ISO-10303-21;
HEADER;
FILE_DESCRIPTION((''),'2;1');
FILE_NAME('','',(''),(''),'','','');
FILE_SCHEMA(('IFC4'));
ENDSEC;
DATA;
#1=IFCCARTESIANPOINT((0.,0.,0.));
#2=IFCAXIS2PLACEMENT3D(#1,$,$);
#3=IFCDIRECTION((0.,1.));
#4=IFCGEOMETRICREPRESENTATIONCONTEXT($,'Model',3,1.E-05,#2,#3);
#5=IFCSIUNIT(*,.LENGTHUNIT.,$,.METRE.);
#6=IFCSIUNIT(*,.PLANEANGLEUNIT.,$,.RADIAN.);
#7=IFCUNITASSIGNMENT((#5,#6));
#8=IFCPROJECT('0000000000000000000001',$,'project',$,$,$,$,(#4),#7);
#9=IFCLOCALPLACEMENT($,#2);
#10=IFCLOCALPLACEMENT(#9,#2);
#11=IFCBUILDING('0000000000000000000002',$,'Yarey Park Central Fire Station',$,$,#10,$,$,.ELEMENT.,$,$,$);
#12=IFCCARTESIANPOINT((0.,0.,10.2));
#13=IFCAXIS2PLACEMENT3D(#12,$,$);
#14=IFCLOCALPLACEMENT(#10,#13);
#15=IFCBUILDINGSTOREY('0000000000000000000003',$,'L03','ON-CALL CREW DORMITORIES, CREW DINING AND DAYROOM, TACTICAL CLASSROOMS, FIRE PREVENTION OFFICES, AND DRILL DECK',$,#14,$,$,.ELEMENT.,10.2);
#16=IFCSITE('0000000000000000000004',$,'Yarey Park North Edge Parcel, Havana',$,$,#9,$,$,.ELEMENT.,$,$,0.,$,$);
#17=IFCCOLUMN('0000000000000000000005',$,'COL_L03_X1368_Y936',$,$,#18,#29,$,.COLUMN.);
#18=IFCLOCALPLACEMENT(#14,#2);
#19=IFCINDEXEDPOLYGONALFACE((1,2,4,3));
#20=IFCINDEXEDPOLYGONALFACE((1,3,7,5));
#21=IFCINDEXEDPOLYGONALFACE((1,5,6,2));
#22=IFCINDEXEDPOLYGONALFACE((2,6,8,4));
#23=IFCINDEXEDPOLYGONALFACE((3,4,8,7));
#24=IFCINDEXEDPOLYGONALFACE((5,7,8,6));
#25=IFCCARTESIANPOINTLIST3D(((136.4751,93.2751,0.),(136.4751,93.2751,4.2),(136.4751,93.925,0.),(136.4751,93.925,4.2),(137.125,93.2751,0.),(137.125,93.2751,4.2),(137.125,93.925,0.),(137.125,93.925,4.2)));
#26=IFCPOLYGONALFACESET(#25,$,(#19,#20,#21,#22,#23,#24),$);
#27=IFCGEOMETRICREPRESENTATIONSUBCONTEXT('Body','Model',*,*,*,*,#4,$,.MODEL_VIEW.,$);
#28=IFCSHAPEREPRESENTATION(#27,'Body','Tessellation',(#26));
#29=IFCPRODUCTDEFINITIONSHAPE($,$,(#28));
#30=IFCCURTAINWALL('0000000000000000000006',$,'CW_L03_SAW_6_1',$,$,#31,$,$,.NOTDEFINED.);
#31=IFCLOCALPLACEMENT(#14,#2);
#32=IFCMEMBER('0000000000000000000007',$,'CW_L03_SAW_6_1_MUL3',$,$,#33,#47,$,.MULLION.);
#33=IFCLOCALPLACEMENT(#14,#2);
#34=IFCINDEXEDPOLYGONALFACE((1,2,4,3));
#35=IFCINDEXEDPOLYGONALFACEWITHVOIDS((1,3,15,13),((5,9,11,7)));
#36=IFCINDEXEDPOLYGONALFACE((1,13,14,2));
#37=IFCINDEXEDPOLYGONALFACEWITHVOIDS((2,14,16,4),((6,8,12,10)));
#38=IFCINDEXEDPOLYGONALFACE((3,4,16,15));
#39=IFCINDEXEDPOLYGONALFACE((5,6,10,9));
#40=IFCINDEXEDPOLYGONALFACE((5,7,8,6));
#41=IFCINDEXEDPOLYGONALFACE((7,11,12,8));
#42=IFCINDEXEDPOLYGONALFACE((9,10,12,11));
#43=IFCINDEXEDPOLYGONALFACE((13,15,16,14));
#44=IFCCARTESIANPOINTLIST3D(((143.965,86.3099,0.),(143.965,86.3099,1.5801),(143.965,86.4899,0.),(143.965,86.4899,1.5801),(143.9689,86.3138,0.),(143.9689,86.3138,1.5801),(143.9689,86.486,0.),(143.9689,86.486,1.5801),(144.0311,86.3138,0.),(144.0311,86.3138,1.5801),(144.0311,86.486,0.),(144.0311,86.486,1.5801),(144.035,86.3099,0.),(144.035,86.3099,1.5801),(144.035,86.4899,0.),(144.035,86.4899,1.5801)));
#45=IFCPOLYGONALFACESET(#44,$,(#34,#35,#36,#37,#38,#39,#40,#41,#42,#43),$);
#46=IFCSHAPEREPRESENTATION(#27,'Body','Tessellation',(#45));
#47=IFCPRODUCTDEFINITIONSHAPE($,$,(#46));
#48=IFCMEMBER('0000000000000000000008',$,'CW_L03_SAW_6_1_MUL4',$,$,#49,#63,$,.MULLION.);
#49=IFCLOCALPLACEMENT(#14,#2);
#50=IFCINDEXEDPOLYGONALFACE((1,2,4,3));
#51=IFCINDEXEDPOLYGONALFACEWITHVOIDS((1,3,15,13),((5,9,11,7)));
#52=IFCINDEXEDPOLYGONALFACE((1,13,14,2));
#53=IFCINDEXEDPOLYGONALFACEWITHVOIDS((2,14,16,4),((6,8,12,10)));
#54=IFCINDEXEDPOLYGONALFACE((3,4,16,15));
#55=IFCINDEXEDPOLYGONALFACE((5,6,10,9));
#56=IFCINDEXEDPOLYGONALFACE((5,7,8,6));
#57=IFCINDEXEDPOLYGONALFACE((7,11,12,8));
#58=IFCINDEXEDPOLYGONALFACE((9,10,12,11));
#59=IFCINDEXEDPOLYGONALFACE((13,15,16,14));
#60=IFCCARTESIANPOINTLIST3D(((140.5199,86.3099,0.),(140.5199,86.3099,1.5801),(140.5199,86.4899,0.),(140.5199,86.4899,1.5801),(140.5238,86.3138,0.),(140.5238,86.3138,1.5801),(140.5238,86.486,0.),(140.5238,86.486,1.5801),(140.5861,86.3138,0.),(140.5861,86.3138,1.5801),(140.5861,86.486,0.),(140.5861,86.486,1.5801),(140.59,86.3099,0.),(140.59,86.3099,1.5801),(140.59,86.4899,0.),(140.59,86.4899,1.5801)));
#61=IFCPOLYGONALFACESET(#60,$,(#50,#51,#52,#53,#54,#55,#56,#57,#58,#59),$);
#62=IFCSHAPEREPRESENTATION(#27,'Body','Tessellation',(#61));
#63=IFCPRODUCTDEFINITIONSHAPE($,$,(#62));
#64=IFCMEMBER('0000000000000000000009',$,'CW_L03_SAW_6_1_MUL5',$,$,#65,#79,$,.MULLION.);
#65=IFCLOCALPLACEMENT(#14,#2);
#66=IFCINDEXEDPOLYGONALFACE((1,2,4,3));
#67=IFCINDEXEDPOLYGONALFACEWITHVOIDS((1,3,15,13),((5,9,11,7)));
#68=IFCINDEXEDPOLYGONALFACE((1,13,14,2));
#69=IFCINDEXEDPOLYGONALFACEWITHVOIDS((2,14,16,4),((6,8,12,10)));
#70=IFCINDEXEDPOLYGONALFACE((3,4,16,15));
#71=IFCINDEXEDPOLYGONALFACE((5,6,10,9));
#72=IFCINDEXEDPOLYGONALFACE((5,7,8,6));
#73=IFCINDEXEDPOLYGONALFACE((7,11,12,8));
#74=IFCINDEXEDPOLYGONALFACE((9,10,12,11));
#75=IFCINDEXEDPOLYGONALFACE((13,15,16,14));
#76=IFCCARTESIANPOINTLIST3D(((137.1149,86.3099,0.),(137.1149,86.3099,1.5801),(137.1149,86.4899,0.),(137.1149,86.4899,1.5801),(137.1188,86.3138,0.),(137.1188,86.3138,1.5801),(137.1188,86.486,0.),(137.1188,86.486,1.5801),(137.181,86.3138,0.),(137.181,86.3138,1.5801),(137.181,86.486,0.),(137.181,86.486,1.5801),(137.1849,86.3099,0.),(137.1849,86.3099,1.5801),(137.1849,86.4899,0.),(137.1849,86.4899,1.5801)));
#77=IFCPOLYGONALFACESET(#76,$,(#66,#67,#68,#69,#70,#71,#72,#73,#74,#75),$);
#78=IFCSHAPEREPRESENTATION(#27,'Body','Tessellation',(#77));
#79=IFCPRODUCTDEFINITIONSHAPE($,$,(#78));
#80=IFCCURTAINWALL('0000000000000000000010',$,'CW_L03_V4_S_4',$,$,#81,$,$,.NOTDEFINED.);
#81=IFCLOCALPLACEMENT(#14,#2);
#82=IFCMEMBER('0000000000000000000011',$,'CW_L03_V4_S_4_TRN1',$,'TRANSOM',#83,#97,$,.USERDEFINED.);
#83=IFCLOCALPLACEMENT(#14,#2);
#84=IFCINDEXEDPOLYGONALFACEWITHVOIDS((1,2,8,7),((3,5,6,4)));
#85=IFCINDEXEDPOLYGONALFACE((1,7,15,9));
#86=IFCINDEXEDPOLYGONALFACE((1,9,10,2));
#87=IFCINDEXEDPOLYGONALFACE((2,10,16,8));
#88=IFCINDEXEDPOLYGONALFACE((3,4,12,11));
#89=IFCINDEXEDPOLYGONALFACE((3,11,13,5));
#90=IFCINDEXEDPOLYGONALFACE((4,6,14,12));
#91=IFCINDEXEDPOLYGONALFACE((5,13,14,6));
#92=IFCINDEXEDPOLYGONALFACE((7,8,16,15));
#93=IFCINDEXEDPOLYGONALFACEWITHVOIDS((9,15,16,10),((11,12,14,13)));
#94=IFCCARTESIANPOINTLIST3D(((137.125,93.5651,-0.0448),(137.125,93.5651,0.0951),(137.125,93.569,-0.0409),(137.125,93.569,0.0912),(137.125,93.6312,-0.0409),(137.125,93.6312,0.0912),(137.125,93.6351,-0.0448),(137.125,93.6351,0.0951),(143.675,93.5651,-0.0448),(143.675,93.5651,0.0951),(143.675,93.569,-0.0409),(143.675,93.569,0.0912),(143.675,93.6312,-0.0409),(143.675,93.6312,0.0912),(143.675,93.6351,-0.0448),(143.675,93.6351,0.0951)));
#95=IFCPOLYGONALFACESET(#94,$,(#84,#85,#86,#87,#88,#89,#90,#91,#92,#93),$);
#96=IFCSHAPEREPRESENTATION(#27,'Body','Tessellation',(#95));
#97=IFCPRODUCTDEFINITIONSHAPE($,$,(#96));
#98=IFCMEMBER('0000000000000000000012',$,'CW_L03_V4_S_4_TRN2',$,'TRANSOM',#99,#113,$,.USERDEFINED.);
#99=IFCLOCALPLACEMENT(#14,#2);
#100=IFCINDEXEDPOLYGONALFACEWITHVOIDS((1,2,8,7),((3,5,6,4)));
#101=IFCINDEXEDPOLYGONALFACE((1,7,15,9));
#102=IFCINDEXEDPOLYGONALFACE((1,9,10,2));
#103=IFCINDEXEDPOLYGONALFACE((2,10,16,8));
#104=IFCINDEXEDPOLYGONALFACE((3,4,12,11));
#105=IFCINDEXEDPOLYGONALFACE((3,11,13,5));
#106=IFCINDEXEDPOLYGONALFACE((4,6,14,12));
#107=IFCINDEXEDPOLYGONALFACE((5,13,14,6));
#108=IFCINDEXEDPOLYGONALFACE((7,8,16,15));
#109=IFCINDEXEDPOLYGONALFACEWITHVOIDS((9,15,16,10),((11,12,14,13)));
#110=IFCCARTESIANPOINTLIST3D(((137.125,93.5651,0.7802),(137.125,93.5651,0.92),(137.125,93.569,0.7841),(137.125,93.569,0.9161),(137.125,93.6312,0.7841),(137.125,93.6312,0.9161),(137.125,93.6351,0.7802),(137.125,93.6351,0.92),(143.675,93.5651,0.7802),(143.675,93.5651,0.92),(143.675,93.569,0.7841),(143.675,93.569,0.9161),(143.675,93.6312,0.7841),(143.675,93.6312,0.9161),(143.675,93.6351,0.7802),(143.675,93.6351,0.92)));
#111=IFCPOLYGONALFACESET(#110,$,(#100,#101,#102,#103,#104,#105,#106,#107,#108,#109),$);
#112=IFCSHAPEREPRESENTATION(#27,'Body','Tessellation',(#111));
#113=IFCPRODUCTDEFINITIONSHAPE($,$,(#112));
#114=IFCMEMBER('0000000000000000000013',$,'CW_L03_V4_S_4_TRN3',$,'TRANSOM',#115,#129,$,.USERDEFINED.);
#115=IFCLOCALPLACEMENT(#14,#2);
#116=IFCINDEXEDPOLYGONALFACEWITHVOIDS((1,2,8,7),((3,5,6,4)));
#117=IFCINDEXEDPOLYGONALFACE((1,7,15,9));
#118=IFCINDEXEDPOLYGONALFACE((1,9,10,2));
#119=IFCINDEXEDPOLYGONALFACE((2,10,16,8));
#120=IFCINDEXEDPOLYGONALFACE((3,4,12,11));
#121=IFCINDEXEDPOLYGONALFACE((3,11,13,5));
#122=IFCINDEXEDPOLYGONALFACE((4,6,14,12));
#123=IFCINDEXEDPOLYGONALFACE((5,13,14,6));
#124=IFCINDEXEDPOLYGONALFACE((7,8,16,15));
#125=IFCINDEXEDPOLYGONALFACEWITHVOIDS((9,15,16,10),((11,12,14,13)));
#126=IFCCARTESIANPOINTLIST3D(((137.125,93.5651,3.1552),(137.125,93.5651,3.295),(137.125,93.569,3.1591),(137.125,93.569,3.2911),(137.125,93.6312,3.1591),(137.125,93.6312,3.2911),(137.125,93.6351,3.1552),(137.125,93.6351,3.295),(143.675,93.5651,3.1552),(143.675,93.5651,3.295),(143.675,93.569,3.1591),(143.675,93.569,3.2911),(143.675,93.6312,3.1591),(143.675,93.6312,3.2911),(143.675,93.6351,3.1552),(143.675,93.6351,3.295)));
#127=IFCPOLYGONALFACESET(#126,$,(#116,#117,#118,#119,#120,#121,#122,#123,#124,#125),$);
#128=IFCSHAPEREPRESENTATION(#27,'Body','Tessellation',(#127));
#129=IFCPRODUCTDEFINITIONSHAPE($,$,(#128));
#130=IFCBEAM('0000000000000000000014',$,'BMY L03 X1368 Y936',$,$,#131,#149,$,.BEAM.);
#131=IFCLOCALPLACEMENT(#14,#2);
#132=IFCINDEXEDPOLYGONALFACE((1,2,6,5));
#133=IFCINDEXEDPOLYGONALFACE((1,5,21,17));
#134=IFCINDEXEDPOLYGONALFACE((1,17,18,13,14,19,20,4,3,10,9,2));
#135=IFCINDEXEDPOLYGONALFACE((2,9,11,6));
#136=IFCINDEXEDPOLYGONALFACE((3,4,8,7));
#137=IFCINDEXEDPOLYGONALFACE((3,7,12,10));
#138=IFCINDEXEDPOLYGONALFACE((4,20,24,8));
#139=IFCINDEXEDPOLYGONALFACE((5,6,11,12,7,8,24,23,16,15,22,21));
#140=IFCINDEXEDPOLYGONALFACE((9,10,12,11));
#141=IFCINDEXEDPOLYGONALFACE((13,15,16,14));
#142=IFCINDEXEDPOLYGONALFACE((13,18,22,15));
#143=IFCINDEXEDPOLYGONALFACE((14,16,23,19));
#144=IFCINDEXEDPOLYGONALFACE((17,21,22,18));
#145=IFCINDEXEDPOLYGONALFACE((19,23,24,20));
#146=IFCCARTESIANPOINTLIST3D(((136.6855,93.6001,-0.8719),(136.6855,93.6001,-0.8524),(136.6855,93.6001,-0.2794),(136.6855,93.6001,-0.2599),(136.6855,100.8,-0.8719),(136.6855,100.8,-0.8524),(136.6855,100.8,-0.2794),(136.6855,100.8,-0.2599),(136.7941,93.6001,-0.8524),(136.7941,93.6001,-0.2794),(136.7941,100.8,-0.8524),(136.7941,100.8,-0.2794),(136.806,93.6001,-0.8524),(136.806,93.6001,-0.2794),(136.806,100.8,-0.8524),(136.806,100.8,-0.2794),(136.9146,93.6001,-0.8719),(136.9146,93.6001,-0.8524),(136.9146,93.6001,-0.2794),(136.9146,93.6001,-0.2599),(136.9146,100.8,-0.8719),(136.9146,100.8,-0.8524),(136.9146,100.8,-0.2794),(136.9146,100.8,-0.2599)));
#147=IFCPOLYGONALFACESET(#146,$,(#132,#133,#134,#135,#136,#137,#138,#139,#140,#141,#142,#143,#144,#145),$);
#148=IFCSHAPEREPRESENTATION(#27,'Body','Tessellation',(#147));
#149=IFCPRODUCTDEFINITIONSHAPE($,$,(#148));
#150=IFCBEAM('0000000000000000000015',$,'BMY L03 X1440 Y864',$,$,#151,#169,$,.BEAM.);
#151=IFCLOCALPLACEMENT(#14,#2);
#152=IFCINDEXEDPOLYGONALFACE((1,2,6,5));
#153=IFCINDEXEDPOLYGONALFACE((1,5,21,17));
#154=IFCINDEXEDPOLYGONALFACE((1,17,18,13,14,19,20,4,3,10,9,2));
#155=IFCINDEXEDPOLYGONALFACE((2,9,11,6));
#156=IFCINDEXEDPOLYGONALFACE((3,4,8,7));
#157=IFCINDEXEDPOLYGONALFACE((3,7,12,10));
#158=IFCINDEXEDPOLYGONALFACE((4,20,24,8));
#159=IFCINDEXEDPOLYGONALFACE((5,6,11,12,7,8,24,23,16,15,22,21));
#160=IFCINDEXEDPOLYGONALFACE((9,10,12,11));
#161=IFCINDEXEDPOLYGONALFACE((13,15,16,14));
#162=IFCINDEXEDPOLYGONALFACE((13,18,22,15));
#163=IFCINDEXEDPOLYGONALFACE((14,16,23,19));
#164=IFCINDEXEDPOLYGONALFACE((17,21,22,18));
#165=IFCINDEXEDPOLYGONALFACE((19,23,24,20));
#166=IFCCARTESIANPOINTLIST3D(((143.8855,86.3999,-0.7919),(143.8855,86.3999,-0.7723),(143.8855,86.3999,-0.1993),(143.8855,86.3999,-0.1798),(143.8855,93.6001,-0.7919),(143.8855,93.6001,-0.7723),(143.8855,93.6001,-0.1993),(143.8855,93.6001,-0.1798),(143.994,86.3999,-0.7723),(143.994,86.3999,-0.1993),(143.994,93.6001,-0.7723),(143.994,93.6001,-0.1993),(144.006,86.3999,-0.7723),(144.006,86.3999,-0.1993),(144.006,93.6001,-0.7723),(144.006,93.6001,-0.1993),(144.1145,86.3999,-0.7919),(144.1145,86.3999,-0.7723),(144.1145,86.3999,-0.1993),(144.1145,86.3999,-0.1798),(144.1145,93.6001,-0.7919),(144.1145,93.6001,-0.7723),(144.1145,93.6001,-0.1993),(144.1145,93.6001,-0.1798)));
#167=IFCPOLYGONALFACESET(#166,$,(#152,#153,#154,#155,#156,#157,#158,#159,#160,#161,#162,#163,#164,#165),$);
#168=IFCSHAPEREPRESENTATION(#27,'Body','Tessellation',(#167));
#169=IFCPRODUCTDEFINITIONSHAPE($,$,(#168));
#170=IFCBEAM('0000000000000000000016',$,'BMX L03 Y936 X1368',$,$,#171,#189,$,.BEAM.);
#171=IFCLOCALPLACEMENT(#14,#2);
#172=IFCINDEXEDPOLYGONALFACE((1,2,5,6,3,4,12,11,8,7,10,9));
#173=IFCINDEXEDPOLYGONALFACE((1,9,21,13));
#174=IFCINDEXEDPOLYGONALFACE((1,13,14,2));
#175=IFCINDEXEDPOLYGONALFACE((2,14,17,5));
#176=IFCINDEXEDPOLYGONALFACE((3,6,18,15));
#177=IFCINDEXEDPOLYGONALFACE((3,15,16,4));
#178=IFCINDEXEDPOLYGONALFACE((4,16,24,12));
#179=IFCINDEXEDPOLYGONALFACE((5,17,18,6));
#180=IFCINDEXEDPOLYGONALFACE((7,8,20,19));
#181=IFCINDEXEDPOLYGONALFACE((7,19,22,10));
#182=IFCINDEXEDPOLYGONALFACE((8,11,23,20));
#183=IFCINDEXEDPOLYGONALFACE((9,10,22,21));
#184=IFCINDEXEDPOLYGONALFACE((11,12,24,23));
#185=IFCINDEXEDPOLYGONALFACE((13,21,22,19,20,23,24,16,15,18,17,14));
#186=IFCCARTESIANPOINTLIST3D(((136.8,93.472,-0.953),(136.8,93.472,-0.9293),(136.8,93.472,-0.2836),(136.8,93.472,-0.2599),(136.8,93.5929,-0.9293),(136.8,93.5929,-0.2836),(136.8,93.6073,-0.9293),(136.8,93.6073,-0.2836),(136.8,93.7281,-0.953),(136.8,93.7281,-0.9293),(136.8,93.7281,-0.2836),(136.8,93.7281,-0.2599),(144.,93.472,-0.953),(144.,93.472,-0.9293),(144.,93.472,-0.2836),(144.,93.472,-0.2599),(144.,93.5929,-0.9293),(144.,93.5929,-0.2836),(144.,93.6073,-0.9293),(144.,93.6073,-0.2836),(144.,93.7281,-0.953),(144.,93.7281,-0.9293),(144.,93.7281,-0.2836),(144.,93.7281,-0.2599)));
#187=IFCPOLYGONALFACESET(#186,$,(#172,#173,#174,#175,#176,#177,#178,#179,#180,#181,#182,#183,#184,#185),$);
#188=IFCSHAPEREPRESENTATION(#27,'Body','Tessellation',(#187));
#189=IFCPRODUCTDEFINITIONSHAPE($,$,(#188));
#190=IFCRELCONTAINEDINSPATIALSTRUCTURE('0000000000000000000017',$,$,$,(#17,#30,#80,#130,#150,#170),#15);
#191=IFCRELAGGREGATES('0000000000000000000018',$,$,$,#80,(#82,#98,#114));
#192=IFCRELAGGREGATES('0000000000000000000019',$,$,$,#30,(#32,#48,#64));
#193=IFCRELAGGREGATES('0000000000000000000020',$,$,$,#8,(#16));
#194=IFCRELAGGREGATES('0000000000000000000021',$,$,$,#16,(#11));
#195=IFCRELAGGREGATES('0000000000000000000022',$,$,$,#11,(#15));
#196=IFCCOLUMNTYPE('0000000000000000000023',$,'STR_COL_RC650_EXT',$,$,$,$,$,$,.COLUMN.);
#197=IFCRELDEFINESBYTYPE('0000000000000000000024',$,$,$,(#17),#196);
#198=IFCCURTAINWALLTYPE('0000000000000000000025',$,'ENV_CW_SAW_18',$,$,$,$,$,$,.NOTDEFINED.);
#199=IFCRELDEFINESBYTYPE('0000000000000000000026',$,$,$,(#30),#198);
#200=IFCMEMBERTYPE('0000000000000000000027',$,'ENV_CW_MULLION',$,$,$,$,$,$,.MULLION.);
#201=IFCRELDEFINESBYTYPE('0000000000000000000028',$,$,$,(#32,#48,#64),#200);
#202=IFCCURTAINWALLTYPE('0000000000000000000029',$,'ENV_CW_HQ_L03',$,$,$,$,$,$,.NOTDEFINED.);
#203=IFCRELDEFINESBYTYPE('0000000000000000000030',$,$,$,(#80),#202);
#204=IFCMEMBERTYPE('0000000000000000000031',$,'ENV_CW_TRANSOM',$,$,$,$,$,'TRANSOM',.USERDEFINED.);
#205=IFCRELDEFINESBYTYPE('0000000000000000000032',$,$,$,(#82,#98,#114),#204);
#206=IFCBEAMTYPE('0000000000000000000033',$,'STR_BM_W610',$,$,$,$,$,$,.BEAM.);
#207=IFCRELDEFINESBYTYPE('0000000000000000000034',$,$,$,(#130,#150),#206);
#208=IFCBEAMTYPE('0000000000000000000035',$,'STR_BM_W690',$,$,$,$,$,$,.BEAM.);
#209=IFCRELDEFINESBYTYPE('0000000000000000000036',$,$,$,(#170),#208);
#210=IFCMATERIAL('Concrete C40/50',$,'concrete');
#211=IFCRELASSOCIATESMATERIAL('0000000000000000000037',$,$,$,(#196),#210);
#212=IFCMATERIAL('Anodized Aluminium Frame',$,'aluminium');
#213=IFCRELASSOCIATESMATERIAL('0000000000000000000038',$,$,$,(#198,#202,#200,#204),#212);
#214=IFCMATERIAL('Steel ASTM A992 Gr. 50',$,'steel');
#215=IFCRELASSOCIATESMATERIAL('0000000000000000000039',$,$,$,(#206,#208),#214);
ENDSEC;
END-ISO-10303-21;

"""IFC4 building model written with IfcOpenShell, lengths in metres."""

from ifc_helpers import new_model, si_unit, direction, frame, origin, origin_2d, place, context, subcontext, project, spatial, rectangle, hollow_rectangle, i_section, extrude, material, material_profile, profile_set, type_object, element, aggregate, save


model = new_model("IFC4")

# Units and contexts
model_context = context("Model", 3, precision=1e-05, world=origin(), true_north=direction((0.0, 1.0)))
body_context = subcontext(model_context, "Body", "Model", "MODEL_VIEW")
ifc_project = project(units=[si_unit("LENGTHUNIT", "METRE"), si_unit("PLANEANGLEUNIT", "RADIAN")], contexts=[model_context])

# Site, building, storey
site_placement = place(None, origin())
site = spatial("IfcSite", under=ifc_project, at=site_placement, Name="Yarey Park North Edge Parcel, Havana", CompositionType="ELEMENT", RefElevation=0.0)
building_placement = place(site_placement, origin())
building = spatial("IfcBuilding", under=site, at=building_placement, Name="Yarey Park Central Fire Station", CompositionType="ELEMENT")
storey_placement = place(building_placement, frame((0.0, 0.0, 10.2)))
storey = spatial("IfcBuildingStorey", under=building, at=storey_placement, Name="L03", Description="ON-CALL CREW DORMITORIES, CREW DINING AND DAYROOM, TACTICAL CLASSROOMS, FIRE PREVENTION OFFICES, AND DRILL DECK", CompositionType="ELEMENT", Elevation=10.2)

# Column
ifc_material_1 = material(Name="Concrete C40/50", Category="concrete")
ifc_material_profile_1 = material_profile(ifc_material_1, rectangle(XDim=0.6499, YDim=0.6499, at=origin_2d()), Name="RC 650x650")
ifc_profile_set_1 = profile_set([ifc_material_profile_1], Name="Concrete C40/50")
column_type = type_object("IfcColumnType", Name="STR_COL_RC650_EXT", PredefinedType="COLUMN", material=ifc_profile_set_1)
column_placement = place(storey_placement, frame((136.8, 93.6001, 0.0), z_axis=(0.0, 0.0, 1.0), x_axis=(1.0, 0.0, 0.0)))
element("IfcColumn", 1, at=column_placement, inside=storey, type_object=column_type, Name="COL_L03_X1368_Y936", PredefinedType="COLUMN", context=body_context, shape_type="SweptSolid", body=[
    extrude(rectangle(XDim=0.6499, YDim=0.6499, at=origin_2d()), origin(), (0.0, 0.0, 1.0), 4.2),
])

# Curtain walls, members
ifc_material_2 = material(Name="Anodized Aluminium Frame", Category="aluminium")
curtain_wall_type_1 = type_object("IfcCurtainWallType", Name="ENV_CW_SAW_18", PredefinedType="NOTDEFINED", material=ifc_material_2)
curtain_wall_1_placement = place(storey_placement, origin())
curtain_wall_1 = element("IfcCurtainWall", 2, at=curtain_wall_1_placement, inside=storey, type_object=curtain_wall_type_1, Name="CW_L03_SAW_6_1", PredefinedType="NOTDEFINED")
ifc_material_profile_2 = material_profile(ifc_material_2, hollow_rectangle(XDim=0.0701, YDim=0.1799, WallThickness=0.0039, at=origin_2d()), Name="ALU 180x70x4")
ifc_profile_set_2 = profile_set([ifc_material_profile_2], Name="Anodized Aluminium Frame")
member_type_1 = type_object("IfcMemberType", Name="ENV_CW_MULLION", PredefinedType="MULLION", material=ifc_profile_set_2)
member_1_placement = place(storey_placement, frame((144.0, 86.3999, 0.0), z_axis=(0.0, 0.0, 1.0), x_axis=(1.0, 0.0, 0.0)))
member_1 = element("IfcMember", 3, at=member_1_placement, type_object=member_type_1, Name="CW_L03_SAW_6_1_MUL3", PredefinedType="MULLION", context=body_context, shape_type="SweptSolid", body=[
    extrude(hollow_rectangle(XDim=0.0701, YDim=0.1799, WallThickness=0.0039, at=origin_2d()), origin(), (0.0, 0.0, 1.0), 1.5801),
])
member_2_placement = place(storey_placement, frame((140.5549, 86.3999, 0.0), z_axis=(0.0, 0.0, 1.0), x_axis=(1.0, 0.0, 0.0)))
member_2 = element("IfcMember", 4, at=member_2_placement, type_object=member_type_1, Name="CW_L03_SAW_6_1_MUL4", PredefinedType="MULLION", context=body_context, shape_type="SweptSolid", body=[
    extrude(hollow_rectangle(XDim=0.0701, YDim=0.1799, WallThickness=0.0039, at=origin_2d()), origin(), (0.0, 0.0, 1.0), 1.5801),
])
member_3_placement = place(storey_placement, frame((137.1499, 86.3999, 0.0), z_axis=(0.0, 0.0, 1.0), x_axis=(1.0, 0.0, 0.0)))
member_3 = element("IfcMember", 5, at=member_3_placement, type_object=member_type_1, Name="CW_L03_SAW_6_1_MUL5", PredefinedType="MULLION", context=body_context, shape_type="SweptSolid", body=[
    extrude(hollow_rectangle(XDim=0.0701, YDim=0.1799, WallThickness=0.0039, at=origin_2d()), origin(), (0.0, 0.0, 1.0), 1.5801),
])
curtain_wall_type_2 = type_object("IfcCurtainWallType", Name="ENV_CW_HQ_L03", PredefinedType="NOTDEFINED", material=ifc_material_2)
curtain_wall_2_placement = place(storey_placement, origin())
curtain_wall_2 = element("IfcCurtainWall", 6, at=curtain_wall_2_placement, inside=storey, type_object=curtain_wall_type_2, Name="CW_L03_V4_S_4", PredefinedType="NOTDEFINED")
ifc_material_profile_3 = material_profile(ifc_material_2, hollow_rectangle(XDim=0.0701, YDim=0.1399, WallThickness=0.0039, at=origin_2d()), Name="ALU 140x70x4")
ifc_profile_set_3 = profile_set([ifc_material_profile_3], Name="Anodized Aluminium Frame")
member_type_2 = type_object("IfcMemberType", Name="ENV_CW_TRANSOM", ElementType="TRANSOM", PredefinedType="USERDEFINED", material=ifc_profile_set_3)
member_4_placement = place(storey_placement, frame((137.125, 93.6001, 0.0251), z_axis=(1.0, 0.0, 0.0), x_axis=(0.0, 1.0, 0.0)))
member_4 = element("IfcMember", 7, at=member_4_placement, type_object=member_type_2, Name="CW_L03_V4_S_4_TRN1", ObjectType="TRANSOM", PredefinedType="USERDEFINED", context=body_context, shape_type="SweptSolid", body=[
    extrude(hollow_rectangle(XDim=0.0701, YDim=0.1399, WallThickness=0.0039, at=origin_2d()), origin(), (0.0, 0.0, 1.0), 6.55),
])
member_5_placement = place(storey_placement, frame((137.125, 93.6001, 0.8501), z_axis=(1.0, 0.0, 0.0), x_axis=(0.0, 1.0, 0.0)))
member_5 = element("IfcMember", 8, at=member_5_placement, type_object=member_type_2, Name="CW_L03_V4_S_4_TRN2", ObjectType="TRANSOM", PredefinedType="USERDEFINED", context=body_context, shape_type="SweptSolid", body=[
    extrude(hollow_rectangle(XDim=0.0701, YDim=0.1399, WallThickness=0.0039, at=origin_2d()), origin(), (0.0, 0.0, 1.0), 6.55),
])
member_6_placement = place(storey_placement, frame((137.125, 93.6001, 3.2251), z_axis=(1.0, 0.0, 0.0), x_axis=(0.0, 1.0, 0.0)))
member_6 = element("IfcMember", 9, at=member_6_placement, type_object=member_type_2, Name="CW_L03_V4_S_4_TRN3", ObjectType="TRANSOM", PredefinedType="USERDEFINED", context=body_context, shape_type="SweptSolid", body=[
    extrude(hollow_rectangle(XDim=0.0701, YDim=0.1399, WallThickness=0.0039, at=origin_2d()), origin(), (0.0, 0.0, 1.0), 6.55),
])
aggregate(curtain_wall_2, [member_4, member_5, member_6])

# Beams
ifc_material_3 = material(Name="Steel ASTM A992 Gr. 50", Category="steel")
ifc_material_profile_4 = material_profile(ifc_material_3, i_section(OverallWidth=0.229, OverallDepth=0.6121, WebThickness=0.012, FlangeThickness=0.0195, at=origin_2d()), Name="W610x125")
ifc_profile_set_4 = profile_set([ifc_material_profile_4], Name="Steel ASTM A992 Gr. 50")
beam_type_1 = type_object("IfcBeamType", Name="STR_BM_W610", PredefinedType="BEAM", material=ifc_profile_set_4)
beam_1_placement = place(storey_placement, frame((136.8, 93.6001, -0.5659), z_axis=(0.0, 1.0, 0.0), x_axis=(-1.0, 0.0, 0.0)))
element("IfcBeam", 10, at=beam_1_placement, inside=storey, type_object=beam_type_1, Name="BMY L03 X1368 Y936", PredefinedType="BEAM", context=body_context, shape_type="SweptSolid", body=[
    extrude(i_section(OverallWidth=0.229, OverallDepth=0.6121, WebThickness=0.012, FlangeThickness=0.0195, at=origin_2d()), origin(), (0.0, 0.0, 1.0), 7.2),
])
beam_2_placement = place(storey_placement, frame((144.0, 86.3999, -0.4858), z_axis=(0.0, 1.0, 0.0), x_axis=(-1.0, 0.0, 0.0)))
element("IfcBeam", 11, at=beam_2_placement, inside=storey, type_object=beam_type_1, Name="BMY L03 X1440 Y864", PredefinedType="BEAM", context=body_context, shape_type="SweptSolid", body=[
    extrude(i_section(OverallWidth=0.229, OverallDepth=0.6121, WebThickness=0.012, FlangeThickness=0.0195, at=origin_2d()), origin(), (0.0, 0.0, 1.0), 7.2002),
])
ifc_material_profile_5 = material_profile(ifc_material_3, i_section(OverallWidth=0.2561, OverallDepth=0.6931, WebThickness=0.0144, FlangeThickness=0.0237, at=origin_2d()), Name="W690x170")
ifc_profile_set_5 = profile_set([ifc_material_profile_5], Name="Steel ASTM A992 Gr. 50")
beam_type_2 = type_object("IfcBeamType", Name="STR_BM_W690", PredefinedType="BEAM", material=ifc_profile_set_5)
beam_3_placement = place(storey_placement, frame((136.8, 93.6001, -0.6064), z_axis=(1.0, 0.0, 0.0), x_axis=(0.0, 1.0, 0.0)))
element("IfcBeam", 12, at=beam_3_placement, inside=storey, type_object=beam_type_2, Name="BMX L03 Y936 X1368", PredefinedType="BEAM", context=body_context, shape_type="SweptSolid", body=[
    extrude(i_section(OverallWidth=0.2561, OverallDepth=0.6931, WebThickness=0.0144, FlangeThickness=0.0237, at=origin_2d()), origin(), (0.0, 0.0, 1.0), 7.2),
])

aggregate(curtain_wall_1, [member_1, member_2, member_3])

save(model, "model.ifc")
